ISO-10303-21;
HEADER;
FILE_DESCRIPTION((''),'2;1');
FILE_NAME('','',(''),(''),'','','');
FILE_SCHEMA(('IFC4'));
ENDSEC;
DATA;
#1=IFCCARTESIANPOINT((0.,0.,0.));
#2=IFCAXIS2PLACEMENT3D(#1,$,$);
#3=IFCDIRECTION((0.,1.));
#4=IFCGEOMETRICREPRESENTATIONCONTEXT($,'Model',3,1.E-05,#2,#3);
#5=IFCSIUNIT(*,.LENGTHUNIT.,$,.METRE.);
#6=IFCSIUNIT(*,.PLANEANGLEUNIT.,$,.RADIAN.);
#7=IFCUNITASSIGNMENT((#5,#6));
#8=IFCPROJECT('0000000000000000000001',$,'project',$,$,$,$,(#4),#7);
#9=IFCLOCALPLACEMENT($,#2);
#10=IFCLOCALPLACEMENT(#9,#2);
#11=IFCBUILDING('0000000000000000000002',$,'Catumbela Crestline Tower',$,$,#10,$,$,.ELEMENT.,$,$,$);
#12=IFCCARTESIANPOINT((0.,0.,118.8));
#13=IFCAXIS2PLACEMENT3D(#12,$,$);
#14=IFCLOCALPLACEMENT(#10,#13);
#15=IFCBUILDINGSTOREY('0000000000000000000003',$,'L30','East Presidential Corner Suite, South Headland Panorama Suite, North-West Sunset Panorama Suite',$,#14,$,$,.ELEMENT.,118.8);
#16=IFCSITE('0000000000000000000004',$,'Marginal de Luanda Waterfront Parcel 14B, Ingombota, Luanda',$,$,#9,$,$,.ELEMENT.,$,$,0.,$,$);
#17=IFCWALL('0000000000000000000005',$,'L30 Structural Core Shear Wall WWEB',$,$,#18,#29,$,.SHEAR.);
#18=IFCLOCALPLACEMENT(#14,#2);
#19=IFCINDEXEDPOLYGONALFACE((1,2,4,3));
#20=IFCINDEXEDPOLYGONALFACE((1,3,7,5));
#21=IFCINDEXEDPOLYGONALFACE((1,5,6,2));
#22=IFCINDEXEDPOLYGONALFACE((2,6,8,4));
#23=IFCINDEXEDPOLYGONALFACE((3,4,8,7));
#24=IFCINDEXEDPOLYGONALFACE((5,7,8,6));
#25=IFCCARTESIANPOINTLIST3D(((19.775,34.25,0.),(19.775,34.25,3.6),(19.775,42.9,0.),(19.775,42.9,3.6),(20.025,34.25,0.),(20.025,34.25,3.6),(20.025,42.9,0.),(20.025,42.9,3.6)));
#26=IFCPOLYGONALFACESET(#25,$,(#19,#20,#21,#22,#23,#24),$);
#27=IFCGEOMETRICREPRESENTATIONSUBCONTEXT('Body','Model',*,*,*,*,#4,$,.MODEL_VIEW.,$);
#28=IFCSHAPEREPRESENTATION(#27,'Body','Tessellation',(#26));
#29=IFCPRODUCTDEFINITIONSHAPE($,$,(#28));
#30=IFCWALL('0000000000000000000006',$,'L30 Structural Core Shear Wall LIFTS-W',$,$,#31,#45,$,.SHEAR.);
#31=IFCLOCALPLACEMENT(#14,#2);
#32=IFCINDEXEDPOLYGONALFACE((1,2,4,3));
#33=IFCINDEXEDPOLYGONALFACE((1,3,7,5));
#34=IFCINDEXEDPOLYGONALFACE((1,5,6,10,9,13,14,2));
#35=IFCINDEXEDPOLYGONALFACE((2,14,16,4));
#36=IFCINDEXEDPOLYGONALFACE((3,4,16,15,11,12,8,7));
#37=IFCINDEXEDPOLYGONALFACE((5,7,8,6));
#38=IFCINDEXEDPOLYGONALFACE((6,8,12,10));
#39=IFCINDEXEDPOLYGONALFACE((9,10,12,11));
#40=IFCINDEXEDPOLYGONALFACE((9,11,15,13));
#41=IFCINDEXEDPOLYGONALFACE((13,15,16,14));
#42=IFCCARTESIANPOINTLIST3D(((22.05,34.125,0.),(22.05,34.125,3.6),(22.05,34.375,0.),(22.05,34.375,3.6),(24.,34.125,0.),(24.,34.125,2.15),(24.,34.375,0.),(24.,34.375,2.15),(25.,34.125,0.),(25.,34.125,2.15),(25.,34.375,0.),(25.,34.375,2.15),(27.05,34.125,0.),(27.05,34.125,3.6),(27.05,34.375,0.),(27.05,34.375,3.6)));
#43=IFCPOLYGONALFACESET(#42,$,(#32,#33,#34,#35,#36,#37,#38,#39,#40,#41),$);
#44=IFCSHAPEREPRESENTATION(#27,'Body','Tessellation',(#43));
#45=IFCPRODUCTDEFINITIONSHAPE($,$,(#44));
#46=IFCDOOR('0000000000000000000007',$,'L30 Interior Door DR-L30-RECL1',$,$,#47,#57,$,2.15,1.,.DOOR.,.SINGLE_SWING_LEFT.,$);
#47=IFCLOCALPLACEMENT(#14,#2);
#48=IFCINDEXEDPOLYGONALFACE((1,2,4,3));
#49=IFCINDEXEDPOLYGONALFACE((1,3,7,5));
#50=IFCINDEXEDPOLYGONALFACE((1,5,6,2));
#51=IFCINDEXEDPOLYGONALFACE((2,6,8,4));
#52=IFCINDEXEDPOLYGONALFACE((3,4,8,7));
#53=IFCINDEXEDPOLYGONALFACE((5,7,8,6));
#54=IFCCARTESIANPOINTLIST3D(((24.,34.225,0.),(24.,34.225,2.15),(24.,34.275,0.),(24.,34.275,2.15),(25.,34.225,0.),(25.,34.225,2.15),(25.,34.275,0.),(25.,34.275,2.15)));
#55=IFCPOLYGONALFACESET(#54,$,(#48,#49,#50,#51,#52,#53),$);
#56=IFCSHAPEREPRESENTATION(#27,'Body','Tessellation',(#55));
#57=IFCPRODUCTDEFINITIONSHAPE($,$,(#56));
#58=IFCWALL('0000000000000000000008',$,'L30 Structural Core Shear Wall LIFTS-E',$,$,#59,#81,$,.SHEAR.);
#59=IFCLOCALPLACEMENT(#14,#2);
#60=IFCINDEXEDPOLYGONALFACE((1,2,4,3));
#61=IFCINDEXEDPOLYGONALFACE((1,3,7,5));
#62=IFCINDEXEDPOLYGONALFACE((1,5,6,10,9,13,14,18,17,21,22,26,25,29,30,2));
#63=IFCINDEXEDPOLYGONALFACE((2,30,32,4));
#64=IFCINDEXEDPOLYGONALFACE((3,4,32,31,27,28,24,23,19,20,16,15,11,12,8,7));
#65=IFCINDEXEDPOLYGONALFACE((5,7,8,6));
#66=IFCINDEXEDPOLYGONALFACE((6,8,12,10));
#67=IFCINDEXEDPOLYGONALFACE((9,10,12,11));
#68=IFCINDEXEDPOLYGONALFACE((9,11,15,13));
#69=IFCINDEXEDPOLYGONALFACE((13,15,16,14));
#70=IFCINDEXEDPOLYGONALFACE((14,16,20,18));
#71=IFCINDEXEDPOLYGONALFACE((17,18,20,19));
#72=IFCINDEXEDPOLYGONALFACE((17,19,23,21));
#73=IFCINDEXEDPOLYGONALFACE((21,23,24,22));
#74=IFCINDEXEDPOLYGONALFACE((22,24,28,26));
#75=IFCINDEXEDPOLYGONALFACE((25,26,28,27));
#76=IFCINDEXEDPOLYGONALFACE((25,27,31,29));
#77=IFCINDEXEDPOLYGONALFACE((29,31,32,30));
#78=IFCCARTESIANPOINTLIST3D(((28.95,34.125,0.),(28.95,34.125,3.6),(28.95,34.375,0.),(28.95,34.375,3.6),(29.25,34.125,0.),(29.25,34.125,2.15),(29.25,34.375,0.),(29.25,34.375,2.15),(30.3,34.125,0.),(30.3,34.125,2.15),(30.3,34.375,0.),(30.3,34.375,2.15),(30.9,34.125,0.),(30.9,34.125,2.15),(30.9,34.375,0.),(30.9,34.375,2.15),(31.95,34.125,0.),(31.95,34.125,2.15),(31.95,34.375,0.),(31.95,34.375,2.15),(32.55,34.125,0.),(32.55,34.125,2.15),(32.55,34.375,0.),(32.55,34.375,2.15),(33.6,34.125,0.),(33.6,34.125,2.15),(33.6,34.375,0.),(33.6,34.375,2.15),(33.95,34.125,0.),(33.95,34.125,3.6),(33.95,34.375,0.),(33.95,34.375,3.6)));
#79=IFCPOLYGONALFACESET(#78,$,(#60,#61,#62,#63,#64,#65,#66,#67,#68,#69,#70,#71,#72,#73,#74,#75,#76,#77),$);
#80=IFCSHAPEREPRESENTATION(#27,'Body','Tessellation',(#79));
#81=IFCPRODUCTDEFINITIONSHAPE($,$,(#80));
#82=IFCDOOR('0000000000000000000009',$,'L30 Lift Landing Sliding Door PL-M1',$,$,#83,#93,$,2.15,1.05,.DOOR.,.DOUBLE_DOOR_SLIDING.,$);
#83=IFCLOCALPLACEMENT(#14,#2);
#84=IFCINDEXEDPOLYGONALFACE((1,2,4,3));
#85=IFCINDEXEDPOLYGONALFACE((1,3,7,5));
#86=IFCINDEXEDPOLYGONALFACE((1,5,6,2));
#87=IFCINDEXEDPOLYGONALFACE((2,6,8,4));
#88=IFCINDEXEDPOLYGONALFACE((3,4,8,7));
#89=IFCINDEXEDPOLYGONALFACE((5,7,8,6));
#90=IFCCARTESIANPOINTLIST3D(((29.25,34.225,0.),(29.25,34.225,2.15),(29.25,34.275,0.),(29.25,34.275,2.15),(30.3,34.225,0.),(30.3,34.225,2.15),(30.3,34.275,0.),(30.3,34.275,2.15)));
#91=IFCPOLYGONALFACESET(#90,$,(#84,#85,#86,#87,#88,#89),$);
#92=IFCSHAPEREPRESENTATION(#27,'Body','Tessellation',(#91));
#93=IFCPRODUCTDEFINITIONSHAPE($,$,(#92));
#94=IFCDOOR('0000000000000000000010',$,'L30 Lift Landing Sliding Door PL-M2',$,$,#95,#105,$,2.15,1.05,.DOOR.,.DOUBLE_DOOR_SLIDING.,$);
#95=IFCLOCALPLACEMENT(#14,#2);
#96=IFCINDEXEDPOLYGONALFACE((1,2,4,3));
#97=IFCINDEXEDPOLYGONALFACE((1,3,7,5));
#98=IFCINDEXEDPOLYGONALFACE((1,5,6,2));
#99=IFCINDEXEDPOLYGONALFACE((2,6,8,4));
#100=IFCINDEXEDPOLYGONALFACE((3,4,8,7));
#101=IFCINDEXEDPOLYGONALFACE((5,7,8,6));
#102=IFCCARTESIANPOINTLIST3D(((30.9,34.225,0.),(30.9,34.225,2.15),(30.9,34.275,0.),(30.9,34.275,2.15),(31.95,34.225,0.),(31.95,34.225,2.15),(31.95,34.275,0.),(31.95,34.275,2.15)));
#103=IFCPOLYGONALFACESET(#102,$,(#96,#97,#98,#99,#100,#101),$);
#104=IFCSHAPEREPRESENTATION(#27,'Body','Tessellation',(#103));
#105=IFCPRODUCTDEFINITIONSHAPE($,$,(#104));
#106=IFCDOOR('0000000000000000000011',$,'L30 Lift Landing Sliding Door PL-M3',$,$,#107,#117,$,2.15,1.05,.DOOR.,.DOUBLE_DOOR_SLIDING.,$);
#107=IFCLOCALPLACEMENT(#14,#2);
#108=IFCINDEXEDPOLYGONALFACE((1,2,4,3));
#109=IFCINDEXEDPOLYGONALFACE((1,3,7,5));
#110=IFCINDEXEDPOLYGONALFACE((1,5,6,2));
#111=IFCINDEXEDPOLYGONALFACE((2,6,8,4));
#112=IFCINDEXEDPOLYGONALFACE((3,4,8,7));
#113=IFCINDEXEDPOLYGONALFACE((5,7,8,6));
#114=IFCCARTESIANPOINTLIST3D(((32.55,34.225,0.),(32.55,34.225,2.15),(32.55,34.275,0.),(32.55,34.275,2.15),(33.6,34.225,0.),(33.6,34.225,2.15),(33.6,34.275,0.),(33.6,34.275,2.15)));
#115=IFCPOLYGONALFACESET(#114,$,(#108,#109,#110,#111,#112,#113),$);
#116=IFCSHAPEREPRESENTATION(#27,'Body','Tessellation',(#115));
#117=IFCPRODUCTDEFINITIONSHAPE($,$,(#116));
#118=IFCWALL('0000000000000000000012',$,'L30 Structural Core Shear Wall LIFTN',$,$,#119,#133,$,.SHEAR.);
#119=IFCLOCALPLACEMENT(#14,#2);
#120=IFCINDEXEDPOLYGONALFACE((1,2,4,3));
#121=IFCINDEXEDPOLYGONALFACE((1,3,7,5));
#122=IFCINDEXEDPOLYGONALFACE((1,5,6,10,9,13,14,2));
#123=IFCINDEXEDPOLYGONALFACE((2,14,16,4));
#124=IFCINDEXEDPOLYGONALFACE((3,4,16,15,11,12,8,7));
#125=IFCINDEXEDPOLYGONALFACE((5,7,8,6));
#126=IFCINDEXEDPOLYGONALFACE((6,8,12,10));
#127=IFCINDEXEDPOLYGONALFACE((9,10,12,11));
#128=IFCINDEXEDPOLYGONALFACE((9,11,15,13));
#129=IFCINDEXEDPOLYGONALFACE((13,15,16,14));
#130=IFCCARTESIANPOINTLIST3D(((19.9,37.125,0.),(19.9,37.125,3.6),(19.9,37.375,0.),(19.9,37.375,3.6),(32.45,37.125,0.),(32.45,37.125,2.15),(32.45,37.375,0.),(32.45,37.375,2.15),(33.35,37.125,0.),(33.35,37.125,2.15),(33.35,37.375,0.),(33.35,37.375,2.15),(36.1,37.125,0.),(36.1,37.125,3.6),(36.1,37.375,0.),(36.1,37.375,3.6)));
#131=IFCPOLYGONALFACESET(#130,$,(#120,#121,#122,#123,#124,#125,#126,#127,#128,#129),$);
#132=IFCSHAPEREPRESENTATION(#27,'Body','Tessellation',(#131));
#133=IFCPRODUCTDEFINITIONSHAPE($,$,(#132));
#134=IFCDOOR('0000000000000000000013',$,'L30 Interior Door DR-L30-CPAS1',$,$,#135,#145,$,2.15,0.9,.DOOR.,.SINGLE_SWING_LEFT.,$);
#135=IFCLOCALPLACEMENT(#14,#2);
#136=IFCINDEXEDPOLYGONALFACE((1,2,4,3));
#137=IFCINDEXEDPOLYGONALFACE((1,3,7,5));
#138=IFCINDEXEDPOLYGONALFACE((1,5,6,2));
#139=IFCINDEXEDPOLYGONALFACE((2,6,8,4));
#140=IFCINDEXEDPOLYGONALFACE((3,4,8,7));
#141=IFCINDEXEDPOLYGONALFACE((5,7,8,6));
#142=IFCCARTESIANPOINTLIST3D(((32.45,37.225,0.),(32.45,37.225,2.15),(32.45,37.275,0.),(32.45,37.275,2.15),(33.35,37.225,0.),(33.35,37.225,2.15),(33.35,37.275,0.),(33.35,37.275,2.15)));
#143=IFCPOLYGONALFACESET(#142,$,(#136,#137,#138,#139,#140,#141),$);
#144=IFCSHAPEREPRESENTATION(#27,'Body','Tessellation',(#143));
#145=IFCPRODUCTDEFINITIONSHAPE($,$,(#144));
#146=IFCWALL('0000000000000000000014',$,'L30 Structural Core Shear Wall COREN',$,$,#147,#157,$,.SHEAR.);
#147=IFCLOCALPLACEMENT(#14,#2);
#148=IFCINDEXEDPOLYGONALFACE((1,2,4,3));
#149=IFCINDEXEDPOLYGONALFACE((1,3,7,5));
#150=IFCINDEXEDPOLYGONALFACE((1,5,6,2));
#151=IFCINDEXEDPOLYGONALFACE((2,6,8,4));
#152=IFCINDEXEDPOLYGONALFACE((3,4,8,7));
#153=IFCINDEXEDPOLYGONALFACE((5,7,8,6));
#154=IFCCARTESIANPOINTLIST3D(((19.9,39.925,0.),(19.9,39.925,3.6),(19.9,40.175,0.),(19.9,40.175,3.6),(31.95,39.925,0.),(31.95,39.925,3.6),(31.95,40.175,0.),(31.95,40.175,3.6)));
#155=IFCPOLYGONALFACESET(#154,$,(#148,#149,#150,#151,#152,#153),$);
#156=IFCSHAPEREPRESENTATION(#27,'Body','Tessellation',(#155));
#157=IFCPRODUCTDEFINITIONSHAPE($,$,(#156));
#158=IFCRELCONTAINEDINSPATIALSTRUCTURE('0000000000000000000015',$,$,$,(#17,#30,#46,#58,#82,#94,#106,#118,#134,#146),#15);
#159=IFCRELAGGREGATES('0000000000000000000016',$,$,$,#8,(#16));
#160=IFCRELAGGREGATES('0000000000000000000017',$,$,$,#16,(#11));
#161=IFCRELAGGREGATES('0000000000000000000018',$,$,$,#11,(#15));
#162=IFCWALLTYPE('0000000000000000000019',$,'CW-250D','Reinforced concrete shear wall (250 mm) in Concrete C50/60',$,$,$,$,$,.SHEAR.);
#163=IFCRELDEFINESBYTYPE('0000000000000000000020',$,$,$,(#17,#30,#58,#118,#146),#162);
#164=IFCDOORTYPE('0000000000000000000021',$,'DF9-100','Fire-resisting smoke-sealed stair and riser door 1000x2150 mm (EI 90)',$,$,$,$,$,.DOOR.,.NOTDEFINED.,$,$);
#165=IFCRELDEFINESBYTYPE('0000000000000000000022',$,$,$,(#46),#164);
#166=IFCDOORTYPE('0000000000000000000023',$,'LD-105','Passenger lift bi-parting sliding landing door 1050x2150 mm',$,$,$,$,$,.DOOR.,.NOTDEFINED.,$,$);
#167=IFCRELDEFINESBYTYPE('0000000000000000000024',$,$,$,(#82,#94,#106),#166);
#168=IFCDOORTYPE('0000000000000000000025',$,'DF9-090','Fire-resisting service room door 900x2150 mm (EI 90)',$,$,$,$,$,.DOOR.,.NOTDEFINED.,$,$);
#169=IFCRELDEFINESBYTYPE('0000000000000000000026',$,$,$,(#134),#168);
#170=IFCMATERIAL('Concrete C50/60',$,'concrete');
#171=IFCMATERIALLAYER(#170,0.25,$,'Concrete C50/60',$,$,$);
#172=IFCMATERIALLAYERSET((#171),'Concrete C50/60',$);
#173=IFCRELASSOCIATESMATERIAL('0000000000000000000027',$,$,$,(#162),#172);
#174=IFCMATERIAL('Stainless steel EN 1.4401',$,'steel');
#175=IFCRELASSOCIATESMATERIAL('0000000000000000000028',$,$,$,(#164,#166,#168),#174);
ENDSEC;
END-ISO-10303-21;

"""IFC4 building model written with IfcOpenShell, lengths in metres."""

from ifc_helpers import new_model, si_unit, direction, frame, frame_2d, origin, place, context, subcontext, project, spatial, rectangle, extrude, material, layer, layer_set, type_object, element, fill, save


model = new_model("IFC4")

# Units and contexts
model_context = context("Model", 3, precision=1e-05, world=origin(), true_north=direction((0.0, 1.0)))
body_context = subcontext(model_context, "Body", "Model", "MODEL_VIEW")
ifc_project = project(units=[si_unit("LENGTHUNIT", "METRE"), si_unit("PLANEANGLEUNIT", "RADIAN")], contexts=[model_context])

# Site, building, storey
site_placement = place(None, origin())
site = spatial("IfcSite", under=ifc_project, at=site_placement, Name="Marginal de Luanda Waterfront Parcel 14B, Ingombota, Luanda", CompositionType="ELEMENT", RefElevation=0.0)
building_placement = place(site_placement, origin())
building = spatial("IfcBuilding", under=site, at=building_placement, Name="Catumbela Crestline Tower", CompositionType="ELEMENT")
storey_placement = place(building_placement, frame((0.0, 0.0, 118.8)))
storey = spatial("IfcBuildingStorey", under=building, at=storey_placement, Name="L30", Description="East Presidential Corner Suite, South Headland Panorama Suite, North-West Sunset Panorama Suite", CompositionType="ELEMENT", Elevation=118.8)

# Wall
ifc_material_1 = material(Name="Concrete C50/60", Category="concrete")
ifc_layer_1 = layer(ifc_material_1, 0.25, Name="Concrete C50/60")
ifc_layer_set_1 = layer_set([ifc_layer_1], Name="Concrete C50/60")
wall_type_1 = type_object("IfcWallType", Name="CW-250D", Description="Reinforced concrete shear wall (250 mm) in Concrete C50/60", PredefinedType="SHEAR", material=ifc_layer_set_1)
wall_1_placement = place(storey_placement, frame((19.9, 34.25, 0.0), z_axis=(0.0, 0.0, 1.0), x_axis=(0.0, 1.0, 0.0)))
element("IfcWall", 1, at=wall_1_placement, inside=storey, type_object=wall_type_1, Name="L30 Structural Core Shear Wall WWEB", PredefinedType="SHEAR", context=body_context, shape_type="SweptSolid", body=[
    extrude(rectangle(XDim=8.65, YDim=0.25, at=frame_2d((4.325, 0.0))), origin(), (0.0, 0.0, 1.0), 3.6),
])

# Wall, opening, door
wall_2_placement = place(storey_placement, frame((22.05, 34.25, 0.0), z_axis=(0.0, 0.0, 1.0), x_axis=(1.0, 0.0, 0.0)))
wall_2 = element("IfcWall", 2, at=wall_2_placement, inside=storey, type_object=wall_type_1, Name="L30 Structural Core Shear Wall LIFTS-W", PredefinedType="SHEAR", context=body_context, shape_type="SweptSolid", body=[
    extrude(rectangle(XDim=5.0, YDim=0.25, at=frame_2d((2.5, 0.0))), origin(), (0.0, 0.0, 1.0), 3.6),
])
opening_1_placement = place(wall_2_placement, frame((1.95, 0.0, 0.0)))
opening_1 = element("IfcOpeningElement", 3, at=opening_1_placement, cuts=wall_2, PredefinedType="OPENING", context=body_context, shape_type="SweptSolid", body=[
    extrude(rectangle(XDim=1.0, YDim=2.15, at=frame_2d((0.5, 1.075))), frame((0.0, 0.135, 0.0), z_axis=(0.0, -1.0, 0.0), x_axis=(1.0, 0.0, 0.0)), (0.0, 0.0, 1.0), 0.27),
])
ifc_material_2 = material(Name="Stainless steel EN 1.4401", Category="steel")
door_type_1 = type_object("IfcDoorType", Name="DF9-100", Description="Fire-resisting smoke-sealed stair and riser door 1000x2150 mm (EI 90)", OperationType="NOTDEFINED", PredefinedType="DOOR", material=ifc_material_2)
door_1_placement = place(opening_1_placement, origin())
door_1 = element("IfcDoor", 4, at=door_1_placement, inside=storey, type_object=door_type_1, Name="L30 Interior Door DR-L30-RECL1", OperationType="SINGLE_SWING_LEFT", OverallHeight=2.15, OverallWidth=1.0, PredefinedType="DOOR", context=body_context, shape_type="SweptSolid", body=[
    extrude(rectangle(XDim=1.0, YDim=2.15, at=frame_2d((0.5, 1.075))), frame((0.0, 0.025, 0.0), z_axis=(0.0, -1.0, 0.0), x_axis=(1.0, 0.0, 0.0)), (0.0, 0.0, 1.0), 0.05),
])
fill(opening_1, door_1)

# Wall, openings, doors
wall_3_placement = place(storey_placement, frame((28.95, 34.25, 0.0), z_axis=(0.0, 0.0, 1.0), x_axis=(1.0, 0.0, 0.0)))
wall_3 = element("IfcWall", 5, at=wall_3_placement, inside=storey, type_object=wall_type_1, Name="L30 Structural Core Shear Wall LIFTS-E", PredefinedType="SHEAR", context=body_context, shape_type="SweptSolid", body=[
    extrude(rectangle(XDim=5.0, YDim=0.25, at=frame_2d((2.5, 0.0))), origin(), (0.0, 0.0, 1.0), 3.6),
])
opening_2_placement = place(wall_3_placement, frame((0.3, 0.0, 0.0)))
opening_2 = element("IfcOpeningElement", 6, at=opening_2_placement, cuts=wall_3, PredefinedType="OPENING", context=body_context, shape_type="SweptSolid", body=[
    extrude(rectangle(XDim=1.05, YDim=2.15, at=frame_2d((0.525, 1.075))), frame((0.0, 0.135, 0.0), z_axis=(0.0, -1.0, 0.0), x_axis=(1.0, 0.0, 0.0)), (0.0, 0.0, 1.0), 0.27),
])
opening_3_placement = place(wall_3_placement, frame((1.95, 0.0, 0.0)))
opening_3 = element("IfcOpeningElement", 7, at=opening_3_placement, cuts=wall_3, PredefinedType="OPENING", context=body_context, shape_type="SweptSolid", body=[
    extrude(rectangle(XDim=1.05, YDim=2.15, at=frame_2d((0.525, 1.075))), frame((0.0, 0.135, 0.0), z_axis=(0.0, -1.0, 0.0), x_axis=(1.0, 0.0, 0.0)), (0.0, 0.0, 1.0), 0.27),
])
opening_4_placement = place(wall_3_placement, frame((3.6, 0.0, 0.0)))
opening_4 = element("IfcOpeningElement", 8, at=opening_4_placement, cuts=wall_3, PredefinedType="OPENING", context=body_context, shape_type="SweptSolid", body=[
    extrude(rectangle(XDim=1.05, YDim=2.15, at=frame_2d((0.525, 1.075))), frame((0.0, 0.135, 0.0), z_axis=(0.0, -1.0, 0.0), x_axis=(1.0, 0.0, 0.0)), (0.0, 0.0, 1.0), 0.27),
])
door_type_2 = type_object("IfcDoorType", Name="LD-105", Description="Passenger lift bi-parting sliding landing door 1050x2150 mm", OperationType="NOTDEFINED", PredefinedType="DOOR", material=ifc_material_2)
door_2_placement = place(opening_2_placement, origin())
door_2 = element("IfcDoor", 9, at=door_2_placement, inside=storey, type_object=door_type_2, Name="L30 Lift Landing Sliding Door PL-M1", OperationType="DOUBLE_DOOR_SLIDING", OverallHeight=2.15, OverallWidth=1.05, PredefinedType="DOOR", context=body_context, shape_type="SweptSolid", body=[
    extrude(rectangle(XDim=1.05, YDim=2.15, at=frame_2d((0.525, 1.075))), frame((0.0, 0.025, 0.0), z_axis=(0.0, -1.0, 0.0), x_axis=(1.0, 0.0, 0.0)), (0.0, 0.0, 1.0), 0.05),
])
fill(opening_2, door_2)
door_3_placement = place(opening_3_placement, origin())
door_3 = element("IfcDoor", 10, at=door_3_placement, inside=storey, type_object=door_type_2, Name="L30 Lift Landing Sliding Door PL-M2", OperationType="DOUBLE_DOOR_SLIDING", OverallHeight=2.15, OverallWidth=1.05, PredefinedType="DOOR", context=body_context, shape_type="SweptSolid", body=[
    extrude(rectangle(XDim=1.05, YDim=2.15, at=frame_2d((0.525, 1.075))), frame((0.0, 0.025, 0.0), z_axis=(0.0, -1.0, 0.0), x_axis=(1.0, 0.0, 0.0)), (0.0, 0.0, 1.0), 0.05),
])
fill(opening_3, door_3)
door_4_placement = place(opening_4_placement, origin())
door_4 = element("IfcDoor", 11, at=door_4_placement, inside=storey, type_object=door_type_2, Name="L30 Lift Landing Sliding Door PL-M3", OperationType="DOUBLE_DOOR_SLIDING", OverallHeight=2.15, OverallWidth=1.05, PredefinedType="DOOR", context=body_context, shape_type="SweptSolid", body=[
    extrude(rectangle(XDim=1.05, YDim=2.15, at=frame_2d((0.525, 1.075))), frame((0.0, 0.025, 0.0), z_axis=(0.0, -1.0, 0.0), x_axis=(1.0, 0.0, 0.0)), (0.0, 0.0, 1.0), 0.05),
])
fill(opening_4, door_4)

# Wall, opening, door
wall_4_placement = place(storey_placement, frame((19.9, 37.25, 0.0), z_axis=(0.0, 0.0, 1.0), x_axis=(1.0, 0.0, 0.0)))
wall_4 = element("IfcWall", 12, at=wall_4_placement, inside=storey, type_object=wall_type_1, Name="L30 Structural Core Shear Wall LIFTN", PredefinedType="SHEAR", context=body_context, shape_type="SweptSolid", body=[
    extrude(rectangle(XDim=16.2, YDim=0.25, at=frame_2d((8.1, 0.0))), origin(), (0.0, 0.0, 1.0), 3.6),
])
opening_5_placement = place(wall_4_placement, frame((12.55, 0.0, 0.0)))
opening_5 = element("IfcOpeningElement", 13, at=opening_5_placement, cuts=wall_4, PredefinedType="OPENING", context=body_context, shape_type="SweptSolid", body=[
    extrude(rectangle(XDim=0.9, YDim=2.15, at=frame_2d((0.45, 1.075))), frame((0.0, 0.135, 0.0), z_axis=(0.0, -1.0, 0.0), x_axis=(1.0, 0.0, 0.0)), (0.0, 0.0, 1.0), 0.27),
])
door_type_3 = type_object("IfcDoorType", Name="DF9-090", Description="Fire-resisting service room door 900x2150 mm (EI 90)", OperationType="NOTDEFINED", PredefinedType="DOOR", material=ifc_material_2)
door_5_placement = place(opening_5_placement, origin())
door_5 = element("IfcDoor", 14, at=door_5_placement, inside=storey, type_object=door_type_3, Name="L30 Interior Door DR-L30-CPAS1", OperationType="SINGLE_SWING_LEFT", OverallHeight=2.15, OverallWidth=0.9, PredefinedType="DOOR", context=body_context, shape_type="SweptSolid", body=[
    extrude(rectangle(XDim=0.9, YDim=2.15, at=frame_2d((0.45, 1.075))), frame((0.0, 0.025, 0.0), z_axis=(0.0, -1.0, 0.0), x_axis=(1.0, 0.0, 0.0)), (0.0, 0.0, 1.0), 0.05),
])
fill(opening_5, door_5)

# Wall
wall_5_placement = place(storey_placement, frame((19.9, 40.05, 0.0), z_axis=(0.0, 0.0, 1.0), x_axis=(1.0, 0.0, 0.0)))
element("IfcWall", 15, at=wall_5_placement, inside=storey, type_object=wall_type_1, Name="L30 Structural Core Shear Wall COREN", PredefinedType="SHEAR", context=body_context, shape_type="SweptSolid", body=[
    extrude(rectangle(XDim=12.05, YDim=0.25, at=frame_2d((6.025, 0.0))), origin(), (0.0, 0.0, 1.0), 3.6),
])

save(model, "model.ifc")
